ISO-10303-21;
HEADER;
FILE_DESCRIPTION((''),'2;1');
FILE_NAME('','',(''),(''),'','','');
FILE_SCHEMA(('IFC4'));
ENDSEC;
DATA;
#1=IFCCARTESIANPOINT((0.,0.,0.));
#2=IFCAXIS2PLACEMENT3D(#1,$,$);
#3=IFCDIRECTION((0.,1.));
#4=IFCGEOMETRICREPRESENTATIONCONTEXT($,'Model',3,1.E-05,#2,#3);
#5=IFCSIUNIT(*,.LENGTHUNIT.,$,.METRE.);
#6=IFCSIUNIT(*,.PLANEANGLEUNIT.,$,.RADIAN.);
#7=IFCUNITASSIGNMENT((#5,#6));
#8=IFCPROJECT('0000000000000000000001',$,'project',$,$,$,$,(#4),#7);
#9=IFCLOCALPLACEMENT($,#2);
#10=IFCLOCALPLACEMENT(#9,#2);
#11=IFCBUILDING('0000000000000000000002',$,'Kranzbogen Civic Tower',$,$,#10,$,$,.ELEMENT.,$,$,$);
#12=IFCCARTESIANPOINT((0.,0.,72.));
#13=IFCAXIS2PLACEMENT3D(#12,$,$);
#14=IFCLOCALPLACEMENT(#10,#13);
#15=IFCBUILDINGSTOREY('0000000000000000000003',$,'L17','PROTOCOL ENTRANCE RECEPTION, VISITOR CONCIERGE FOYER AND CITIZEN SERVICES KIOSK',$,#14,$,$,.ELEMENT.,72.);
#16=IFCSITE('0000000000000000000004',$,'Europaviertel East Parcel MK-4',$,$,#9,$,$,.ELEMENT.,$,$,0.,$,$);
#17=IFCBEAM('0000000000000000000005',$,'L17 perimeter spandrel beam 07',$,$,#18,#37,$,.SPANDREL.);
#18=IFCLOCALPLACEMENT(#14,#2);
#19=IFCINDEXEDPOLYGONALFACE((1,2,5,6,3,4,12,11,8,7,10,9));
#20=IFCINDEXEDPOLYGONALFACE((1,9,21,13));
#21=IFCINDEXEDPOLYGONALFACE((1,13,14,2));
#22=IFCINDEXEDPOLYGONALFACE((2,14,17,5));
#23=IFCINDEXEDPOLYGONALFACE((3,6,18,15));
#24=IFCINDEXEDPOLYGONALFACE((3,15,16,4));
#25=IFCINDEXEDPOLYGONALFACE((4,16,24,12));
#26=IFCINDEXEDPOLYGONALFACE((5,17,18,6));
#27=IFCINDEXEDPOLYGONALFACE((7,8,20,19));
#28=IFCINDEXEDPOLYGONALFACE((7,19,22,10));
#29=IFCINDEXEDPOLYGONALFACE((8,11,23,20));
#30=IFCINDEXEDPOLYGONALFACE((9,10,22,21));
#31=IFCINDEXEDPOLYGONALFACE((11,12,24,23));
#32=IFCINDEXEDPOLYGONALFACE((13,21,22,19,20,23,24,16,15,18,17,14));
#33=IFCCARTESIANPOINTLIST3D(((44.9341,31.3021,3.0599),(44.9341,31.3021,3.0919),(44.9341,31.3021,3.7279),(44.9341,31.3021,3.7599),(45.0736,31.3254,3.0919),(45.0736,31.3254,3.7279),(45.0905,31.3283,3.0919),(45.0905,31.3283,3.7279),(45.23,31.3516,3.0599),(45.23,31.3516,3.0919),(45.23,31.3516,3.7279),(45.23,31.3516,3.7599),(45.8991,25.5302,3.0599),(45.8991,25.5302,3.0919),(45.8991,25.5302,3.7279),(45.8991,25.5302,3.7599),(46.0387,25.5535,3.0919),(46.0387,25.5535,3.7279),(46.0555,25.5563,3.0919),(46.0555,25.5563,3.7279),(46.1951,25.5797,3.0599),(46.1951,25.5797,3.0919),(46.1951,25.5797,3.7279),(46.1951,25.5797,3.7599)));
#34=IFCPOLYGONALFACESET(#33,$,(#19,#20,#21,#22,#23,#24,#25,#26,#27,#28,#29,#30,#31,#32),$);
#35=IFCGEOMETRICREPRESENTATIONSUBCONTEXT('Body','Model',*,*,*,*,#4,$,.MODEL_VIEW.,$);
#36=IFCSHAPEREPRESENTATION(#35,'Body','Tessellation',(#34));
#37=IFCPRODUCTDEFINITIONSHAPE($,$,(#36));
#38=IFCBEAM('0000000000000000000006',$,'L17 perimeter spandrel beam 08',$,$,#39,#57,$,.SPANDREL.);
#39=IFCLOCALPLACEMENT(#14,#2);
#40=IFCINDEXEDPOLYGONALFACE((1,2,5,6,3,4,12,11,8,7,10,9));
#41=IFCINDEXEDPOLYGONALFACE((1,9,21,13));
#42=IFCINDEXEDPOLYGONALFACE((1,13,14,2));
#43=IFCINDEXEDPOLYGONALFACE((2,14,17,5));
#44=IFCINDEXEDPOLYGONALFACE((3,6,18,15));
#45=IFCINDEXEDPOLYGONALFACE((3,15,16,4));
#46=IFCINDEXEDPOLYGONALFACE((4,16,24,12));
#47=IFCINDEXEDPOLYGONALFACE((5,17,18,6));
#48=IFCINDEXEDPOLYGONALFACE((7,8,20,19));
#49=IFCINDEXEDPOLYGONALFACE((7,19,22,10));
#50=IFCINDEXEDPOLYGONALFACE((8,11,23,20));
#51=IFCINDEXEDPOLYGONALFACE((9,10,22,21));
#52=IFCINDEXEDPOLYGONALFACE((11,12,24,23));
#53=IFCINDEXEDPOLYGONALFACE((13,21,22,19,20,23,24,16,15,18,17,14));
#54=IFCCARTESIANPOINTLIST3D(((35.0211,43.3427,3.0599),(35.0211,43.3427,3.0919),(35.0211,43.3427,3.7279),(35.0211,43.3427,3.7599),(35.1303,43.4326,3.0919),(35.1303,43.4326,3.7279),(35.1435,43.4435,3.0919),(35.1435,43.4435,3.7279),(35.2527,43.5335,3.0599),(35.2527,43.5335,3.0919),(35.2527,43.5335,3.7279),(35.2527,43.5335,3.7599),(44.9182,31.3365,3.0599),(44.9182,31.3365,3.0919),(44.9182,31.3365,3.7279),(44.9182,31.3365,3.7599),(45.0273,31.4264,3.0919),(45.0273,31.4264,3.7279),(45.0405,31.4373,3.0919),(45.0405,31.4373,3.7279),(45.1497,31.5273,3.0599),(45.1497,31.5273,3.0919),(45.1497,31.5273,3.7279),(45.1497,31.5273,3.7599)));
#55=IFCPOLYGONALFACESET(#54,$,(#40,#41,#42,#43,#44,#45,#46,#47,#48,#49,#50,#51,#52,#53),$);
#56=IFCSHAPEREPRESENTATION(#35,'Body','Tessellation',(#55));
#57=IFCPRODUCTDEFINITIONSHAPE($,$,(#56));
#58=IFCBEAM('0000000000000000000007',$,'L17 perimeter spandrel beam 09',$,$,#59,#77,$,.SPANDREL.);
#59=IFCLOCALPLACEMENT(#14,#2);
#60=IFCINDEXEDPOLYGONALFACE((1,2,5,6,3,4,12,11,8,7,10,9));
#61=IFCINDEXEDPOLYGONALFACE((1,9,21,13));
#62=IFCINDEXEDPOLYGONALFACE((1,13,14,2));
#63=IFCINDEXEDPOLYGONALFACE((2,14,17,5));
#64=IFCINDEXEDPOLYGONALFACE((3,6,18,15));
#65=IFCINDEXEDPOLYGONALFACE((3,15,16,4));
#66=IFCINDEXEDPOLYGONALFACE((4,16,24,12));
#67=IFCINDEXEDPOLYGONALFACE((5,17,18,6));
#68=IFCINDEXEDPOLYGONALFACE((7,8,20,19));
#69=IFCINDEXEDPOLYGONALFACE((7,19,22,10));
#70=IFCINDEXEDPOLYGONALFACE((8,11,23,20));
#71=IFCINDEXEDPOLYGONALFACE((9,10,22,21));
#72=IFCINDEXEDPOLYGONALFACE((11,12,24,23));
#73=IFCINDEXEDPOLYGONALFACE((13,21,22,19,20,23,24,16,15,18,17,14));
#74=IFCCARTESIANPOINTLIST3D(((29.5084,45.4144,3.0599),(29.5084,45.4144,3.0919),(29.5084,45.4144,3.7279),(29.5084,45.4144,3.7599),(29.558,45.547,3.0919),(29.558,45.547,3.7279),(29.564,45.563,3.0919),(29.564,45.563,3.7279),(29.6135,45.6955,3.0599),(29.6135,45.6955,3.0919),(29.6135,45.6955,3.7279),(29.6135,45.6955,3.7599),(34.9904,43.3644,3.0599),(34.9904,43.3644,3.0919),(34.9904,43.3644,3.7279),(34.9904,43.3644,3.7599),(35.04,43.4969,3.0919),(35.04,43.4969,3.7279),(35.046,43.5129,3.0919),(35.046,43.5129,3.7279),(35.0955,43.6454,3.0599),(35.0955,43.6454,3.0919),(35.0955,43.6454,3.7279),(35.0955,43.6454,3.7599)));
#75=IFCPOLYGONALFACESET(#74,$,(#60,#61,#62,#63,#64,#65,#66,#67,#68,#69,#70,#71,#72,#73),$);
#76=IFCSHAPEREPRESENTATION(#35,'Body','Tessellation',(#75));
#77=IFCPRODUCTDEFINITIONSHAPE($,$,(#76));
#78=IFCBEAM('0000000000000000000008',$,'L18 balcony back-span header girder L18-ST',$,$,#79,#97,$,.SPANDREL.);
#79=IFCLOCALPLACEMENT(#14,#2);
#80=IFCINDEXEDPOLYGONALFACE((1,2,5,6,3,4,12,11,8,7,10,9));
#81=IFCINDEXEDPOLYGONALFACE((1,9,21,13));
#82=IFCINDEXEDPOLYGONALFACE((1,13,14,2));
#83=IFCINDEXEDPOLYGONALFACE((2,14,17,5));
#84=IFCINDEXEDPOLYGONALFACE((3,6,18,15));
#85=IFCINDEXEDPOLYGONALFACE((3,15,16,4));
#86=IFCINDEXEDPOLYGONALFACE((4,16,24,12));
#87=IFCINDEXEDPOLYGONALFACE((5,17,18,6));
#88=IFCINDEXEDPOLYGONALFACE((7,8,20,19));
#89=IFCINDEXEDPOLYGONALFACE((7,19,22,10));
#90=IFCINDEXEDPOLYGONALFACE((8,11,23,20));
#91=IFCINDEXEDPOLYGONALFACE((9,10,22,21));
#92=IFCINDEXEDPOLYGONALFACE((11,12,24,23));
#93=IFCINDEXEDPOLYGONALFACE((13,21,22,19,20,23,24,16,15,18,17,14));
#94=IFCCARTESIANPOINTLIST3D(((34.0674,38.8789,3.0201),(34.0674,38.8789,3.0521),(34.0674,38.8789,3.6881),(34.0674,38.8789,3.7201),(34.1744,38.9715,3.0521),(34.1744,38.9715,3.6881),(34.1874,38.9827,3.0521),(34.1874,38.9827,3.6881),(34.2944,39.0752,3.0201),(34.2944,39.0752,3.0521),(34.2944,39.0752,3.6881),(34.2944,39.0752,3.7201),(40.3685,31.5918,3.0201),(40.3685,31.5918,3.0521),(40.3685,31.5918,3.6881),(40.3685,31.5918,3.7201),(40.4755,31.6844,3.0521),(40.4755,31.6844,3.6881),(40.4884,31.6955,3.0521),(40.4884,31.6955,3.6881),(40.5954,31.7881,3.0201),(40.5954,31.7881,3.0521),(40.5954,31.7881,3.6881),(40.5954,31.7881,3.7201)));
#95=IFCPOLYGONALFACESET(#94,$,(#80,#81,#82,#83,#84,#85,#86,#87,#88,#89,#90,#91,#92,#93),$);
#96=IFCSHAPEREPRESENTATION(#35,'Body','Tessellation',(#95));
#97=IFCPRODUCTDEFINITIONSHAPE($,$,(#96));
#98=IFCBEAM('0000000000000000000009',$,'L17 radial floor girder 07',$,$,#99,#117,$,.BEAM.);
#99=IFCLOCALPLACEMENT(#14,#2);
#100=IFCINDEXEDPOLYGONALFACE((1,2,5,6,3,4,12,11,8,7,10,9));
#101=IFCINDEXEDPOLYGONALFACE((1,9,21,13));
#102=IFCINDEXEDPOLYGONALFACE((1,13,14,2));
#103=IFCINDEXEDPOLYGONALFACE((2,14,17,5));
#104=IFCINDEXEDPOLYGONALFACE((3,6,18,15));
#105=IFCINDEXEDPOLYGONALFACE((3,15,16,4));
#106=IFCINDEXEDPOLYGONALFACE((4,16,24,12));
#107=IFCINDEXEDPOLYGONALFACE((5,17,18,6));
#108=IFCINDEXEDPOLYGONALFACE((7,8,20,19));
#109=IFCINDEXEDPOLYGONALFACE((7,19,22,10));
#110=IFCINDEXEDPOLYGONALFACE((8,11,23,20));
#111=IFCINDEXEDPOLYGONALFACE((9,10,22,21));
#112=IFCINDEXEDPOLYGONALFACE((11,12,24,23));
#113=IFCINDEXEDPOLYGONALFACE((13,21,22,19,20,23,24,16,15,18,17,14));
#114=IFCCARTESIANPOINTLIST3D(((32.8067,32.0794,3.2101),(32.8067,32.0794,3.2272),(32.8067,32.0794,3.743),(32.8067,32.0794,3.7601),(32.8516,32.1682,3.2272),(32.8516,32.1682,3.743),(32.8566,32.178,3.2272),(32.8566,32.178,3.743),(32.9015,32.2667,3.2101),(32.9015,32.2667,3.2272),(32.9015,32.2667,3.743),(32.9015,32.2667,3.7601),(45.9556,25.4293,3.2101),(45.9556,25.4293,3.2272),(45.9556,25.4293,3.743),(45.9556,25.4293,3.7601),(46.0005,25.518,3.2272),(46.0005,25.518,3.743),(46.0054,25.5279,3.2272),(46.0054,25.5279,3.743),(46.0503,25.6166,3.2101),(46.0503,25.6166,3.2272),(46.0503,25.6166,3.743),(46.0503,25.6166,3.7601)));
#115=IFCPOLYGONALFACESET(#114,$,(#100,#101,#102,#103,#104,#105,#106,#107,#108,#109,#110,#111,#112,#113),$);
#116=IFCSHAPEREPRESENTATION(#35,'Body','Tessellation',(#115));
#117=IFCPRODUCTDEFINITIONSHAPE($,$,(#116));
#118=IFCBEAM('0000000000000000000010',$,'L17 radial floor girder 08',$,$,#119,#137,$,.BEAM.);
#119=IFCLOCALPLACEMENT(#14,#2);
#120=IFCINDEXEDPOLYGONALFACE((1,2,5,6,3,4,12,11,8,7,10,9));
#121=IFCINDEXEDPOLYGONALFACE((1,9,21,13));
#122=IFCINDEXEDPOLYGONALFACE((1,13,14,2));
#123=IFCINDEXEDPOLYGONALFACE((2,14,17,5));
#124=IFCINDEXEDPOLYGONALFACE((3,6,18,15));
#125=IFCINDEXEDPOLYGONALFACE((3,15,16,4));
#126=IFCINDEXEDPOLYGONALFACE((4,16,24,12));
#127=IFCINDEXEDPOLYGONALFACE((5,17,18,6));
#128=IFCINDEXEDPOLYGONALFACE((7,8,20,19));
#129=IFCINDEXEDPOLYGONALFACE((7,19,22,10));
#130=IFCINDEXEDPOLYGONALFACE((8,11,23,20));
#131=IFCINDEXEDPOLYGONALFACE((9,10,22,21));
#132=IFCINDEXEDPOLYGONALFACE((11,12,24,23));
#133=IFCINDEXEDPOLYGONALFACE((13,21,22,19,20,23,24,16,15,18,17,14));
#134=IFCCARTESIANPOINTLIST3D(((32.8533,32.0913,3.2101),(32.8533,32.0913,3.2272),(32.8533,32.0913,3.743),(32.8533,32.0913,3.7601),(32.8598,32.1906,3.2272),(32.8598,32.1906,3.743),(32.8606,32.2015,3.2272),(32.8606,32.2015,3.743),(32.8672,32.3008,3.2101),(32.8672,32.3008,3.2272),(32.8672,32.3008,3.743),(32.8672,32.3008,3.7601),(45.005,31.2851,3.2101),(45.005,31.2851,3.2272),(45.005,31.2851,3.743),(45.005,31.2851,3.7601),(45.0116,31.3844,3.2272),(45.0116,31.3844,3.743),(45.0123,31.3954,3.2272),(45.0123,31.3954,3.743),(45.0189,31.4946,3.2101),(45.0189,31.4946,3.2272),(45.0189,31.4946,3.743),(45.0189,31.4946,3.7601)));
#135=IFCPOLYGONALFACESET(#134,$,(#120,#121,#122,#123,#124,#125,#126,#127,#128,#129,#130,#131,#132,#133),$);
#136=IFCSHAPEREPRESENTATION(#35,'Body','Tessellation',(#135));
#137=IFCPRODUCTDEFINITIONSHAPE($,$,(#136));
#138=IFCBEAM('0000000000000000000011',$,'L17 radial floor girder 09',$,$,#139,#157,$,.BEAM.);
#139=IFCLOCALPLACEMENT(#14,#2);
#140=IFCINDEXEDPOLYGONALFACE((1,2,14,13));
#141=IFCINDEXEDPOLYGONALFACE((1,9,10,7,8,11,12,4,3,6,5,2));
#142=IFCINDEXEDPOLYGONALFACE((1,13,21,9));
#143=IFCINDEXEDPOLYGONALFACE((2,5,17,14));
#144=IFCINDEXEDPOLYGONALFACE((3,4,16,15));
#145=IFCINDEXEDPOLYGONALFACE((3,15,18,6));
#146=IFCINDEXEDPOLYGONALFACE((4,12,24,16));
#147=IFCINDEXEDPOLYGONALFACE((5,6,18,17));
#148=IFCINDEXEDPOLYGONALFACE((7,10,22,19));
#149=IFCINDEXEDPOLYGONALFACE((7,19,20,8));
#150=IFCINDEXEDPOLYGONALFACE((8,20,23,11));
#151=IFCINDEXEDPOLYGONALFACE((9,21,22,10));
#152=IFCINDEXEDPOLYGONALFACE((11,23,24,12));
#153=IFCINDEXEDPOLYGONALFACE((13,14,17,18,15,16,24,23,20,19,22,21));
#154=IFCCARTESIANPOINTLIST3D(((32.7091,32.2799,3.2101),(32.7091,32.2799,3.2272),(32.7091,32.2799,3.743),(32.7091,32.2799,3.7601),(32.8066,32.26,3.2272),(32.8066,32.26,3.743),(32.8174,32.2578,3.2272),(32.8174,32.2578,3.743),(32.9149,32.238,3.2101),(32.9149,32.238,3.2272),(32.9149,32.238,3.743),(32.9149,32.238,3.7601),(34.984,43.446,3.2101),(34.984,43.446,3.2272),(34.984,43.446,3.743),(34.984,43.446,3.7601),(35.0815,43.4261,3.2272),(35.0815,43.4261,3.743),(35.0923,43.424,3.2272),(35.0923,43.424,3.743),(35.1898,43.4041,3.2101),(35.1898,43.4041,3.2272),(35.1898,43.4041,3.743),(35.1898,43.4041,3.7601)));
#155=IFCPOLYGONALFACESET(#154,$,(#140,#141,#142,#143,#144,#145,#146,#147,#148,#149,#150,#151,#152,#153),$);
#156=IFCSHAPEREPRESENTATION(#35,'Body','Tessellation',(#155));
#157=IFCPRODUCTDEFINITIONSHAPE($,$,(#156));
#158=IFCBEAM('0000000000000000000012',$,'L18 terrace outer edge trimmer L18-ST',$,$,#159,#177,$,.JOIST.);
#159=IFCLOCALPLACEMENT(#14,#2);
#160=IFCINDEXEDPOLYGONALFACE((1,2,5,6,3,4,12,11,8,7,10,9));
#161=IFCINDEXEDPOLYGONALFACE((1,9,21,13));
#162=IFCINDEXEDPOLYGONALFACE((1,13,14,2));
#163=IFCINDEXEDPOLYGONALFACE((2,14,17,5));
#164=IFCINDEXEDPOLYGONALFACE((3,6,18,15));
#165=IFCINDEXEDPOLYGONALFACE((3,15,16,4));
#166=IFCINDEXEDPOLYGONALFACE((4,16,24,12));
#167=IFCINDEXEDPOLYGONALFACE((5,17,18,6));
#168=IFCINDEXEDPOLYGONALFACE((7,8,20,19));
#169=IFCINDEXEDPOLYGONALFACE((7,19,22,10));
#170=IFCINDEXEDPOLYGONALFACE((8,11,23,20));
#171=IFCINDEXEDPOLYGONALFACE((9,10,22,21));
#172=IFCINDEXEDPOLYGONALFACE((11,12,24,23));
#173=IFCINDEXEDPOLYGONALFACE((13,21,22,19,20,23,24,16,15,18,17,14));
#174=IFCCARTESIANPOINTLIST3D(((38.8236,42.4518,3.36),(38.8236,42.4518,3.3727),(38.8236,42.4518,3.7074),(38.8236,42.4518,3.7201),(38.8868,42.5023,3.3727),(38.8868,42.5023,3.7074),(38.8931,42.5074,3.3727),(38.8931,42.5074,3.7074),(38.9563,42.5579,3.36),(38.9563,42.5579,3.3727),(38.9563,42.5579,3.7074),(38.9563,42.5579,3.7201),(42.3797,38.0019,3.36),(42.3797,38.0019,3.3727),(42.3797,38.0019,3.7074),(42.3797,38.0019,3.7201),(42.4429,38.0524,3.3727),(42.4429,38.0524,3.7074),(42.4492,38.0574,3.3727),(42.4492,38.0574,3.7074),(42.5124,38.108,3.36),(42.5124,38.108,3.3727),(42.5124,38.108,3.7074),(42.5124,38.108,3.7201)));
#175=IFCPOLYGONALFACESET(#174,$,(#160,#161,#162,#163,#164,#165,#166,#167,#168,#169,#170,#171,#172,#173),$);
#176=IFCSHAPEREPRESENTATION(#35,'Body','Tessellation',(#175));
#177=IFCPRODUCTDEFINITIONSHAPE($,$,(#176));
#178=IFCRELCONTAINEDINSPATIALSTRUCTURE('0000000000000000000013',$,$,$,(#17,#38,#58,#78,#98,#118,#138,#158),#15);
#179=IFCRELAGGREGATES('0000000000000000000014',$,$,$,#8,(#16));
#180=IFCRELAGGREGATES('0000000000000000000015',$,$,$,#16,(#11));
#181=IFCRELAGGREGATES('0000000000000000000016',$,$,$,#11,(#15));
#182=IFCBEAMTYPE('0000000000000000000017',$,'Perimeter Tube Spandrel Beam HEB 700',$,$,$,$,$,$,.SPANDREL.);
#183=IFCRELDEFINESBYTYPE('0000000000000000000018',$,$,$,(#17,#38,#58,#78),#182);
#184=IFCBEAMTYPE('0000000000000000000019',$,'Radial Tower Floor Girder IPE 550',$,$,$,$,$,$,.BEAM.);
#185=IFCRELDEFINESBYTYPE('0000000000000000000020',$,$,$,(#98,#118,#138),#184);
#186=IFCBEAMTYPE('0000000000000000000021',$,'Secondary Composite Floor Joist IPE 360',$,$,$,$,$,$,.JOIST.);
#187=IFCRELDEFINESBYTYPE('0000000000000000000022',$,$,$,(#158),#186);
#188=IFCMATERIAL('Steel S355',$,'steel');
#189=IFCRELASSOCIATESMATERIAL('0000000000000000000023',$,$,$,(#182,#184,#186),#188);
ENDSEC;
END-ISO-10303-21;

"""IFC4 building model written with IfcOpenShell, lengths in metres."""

from ifc_helpers import new_model, si_unit, direction, frame, origin, origin_2d, place, context, subcontext, project, spatial, i_section, extrude, material, material_profile, profile_set, type_object, element, save


model = new_model("IFC4")

# Units and contexts
model_context = context("Model", 3, precision=1e-05, world=origin(), true_north=direction((0.0, 1.0)))
body_context = subcontext(model_context, "Body", "Model", "MODEL_VIEW")
ifc_project = project(units=[si_unit("LENGTHUNIT", "METRE"), si_unit("PLANEANGLEUNIT", "RADIAN")], contexts=[model_context])

# Site, building, storey
site_placement = place(None, origin())
site = spatial("IfcSite", under=ifc_project, at=site_placement, Name="Europaviertel East Parcel MK-4", CompositionType="ELEMENT", RefElevation=0.0)
building_placement = place(site_placement, origin())
building = spatial("IfcBuilding", under=site, at=building_placement, Name="Kranzbogen Civic Tower", CompositionType="ELEMENT")
storey_placement = place(building_placement, frame((0.0, 0.0, 72.0)))
storey = spatial("IfcBuildingStorey", under=building, at=storey_placement, Name="L17", Description="PROTOCOL ENTRANCE RECEPTION, VISITOR CONCIERGE FOYER AND CITIZEN SERVICES KIOSK", CompositionType="ELEMENT", Elevation=72.0)

# Shared definitions
ifc_material_1 = material(Name="Steel S355", Category="steel")

# Beams
ifc_material_profile_1 = material_profile(ifc_material_1, i_section(OverallWidth=0.3, OverallDepth=0.7, WebThickness=0.0171, FlangeThickness=0.032, at=origin_2d()), Name="HEB 700")
ifc_profile_set_1 = profile_set([ifc_material_profile_1], Name="Steel S355")
beam_type_1 = type_object("IfcBeamType", Name="Perimeter Tube Spandrel Beam HEB 700", PredefinedType="SPANDREL", material=ifc_profile_set_1)
beam_1_placement = place(storey_placement, frame((46.0471, 25.5549, 3.4099), z_axis=(-0.164913, 0.986308, 0.0), x_axis=(-0.986308, -0.164913, 0.0)))
element("IfcBeam", 1, at=beam_1_placement, inside=storey, type_object=beam_type_1, Name="L17 perimeter spandrel beam 07", PredefinedType="SPANDREL", context=body_context, shape_type="SweptSolid", body=[
    extrude(i_section(OverallWidth=0.3, OverallDepth=0.7, WebThickness=0.0171, FlangeThickness=0.032, at=origin_2d()), origin(), (0.0, 0.0, 1.0), 5.8521),
])
beam_2_placement = place(storey_placement, frame((45.0339, 31.4319, 3.4099), z_axis=(-0.636075, 0.771628, 0.0), x_axis=(-0.771628, -0.636075, 0.0)))
element("IfcBeam", 2, at=beam_2_placement, inside=storey, type_object=beam_type_1, Name="L17 perimeter spandrel beam 08", PredefinedType="SPANDREL", context=body_context, shape_type="SweptSolid", body=[
    extrude(i_section(OverallWidth=0.3, OverallDepth=0.7, WebThickness=0.0171, FlangeThickness=0.032, at=origin_2d()), origin(), (0.0, 0.0, 1.0), 15.5596),
])
beam_3_placement = place(storey_placement, frame((35.043, 43.5049, 3.4099), z_axis=(-0.936648, 0.350273, 0.0), x_axis=(-0.350273, -0.936648, 0.0)))
element("IfcBeam", 3, at=beam_3_placement, inside=storey, type_object=beam_type_1, Name="L17 perimeter spandrel beam 09", PredefinedType="SPANDREL", context=body_context, shape_type="SweptSolid", body=[
    extrude(i_section(OverallWidth=0.3, OverallDepth=0.7, WebThickness=0.0171, FlangeThickness=0.032, at=origin_2d()), origin(), (0.0, 0.0, 1.0), 5.8528),
])
beam_4_placement = place(storey_placement, frame((40.4819, 31.6899, 3.3701), z_axis=(-0.654072, 0.756432, 0.0), x_axis=(-0.756432, -0.654072, 0.0)))
element("IfcBeam", 4, at=beam_4_placement, inside=storey, type_object=beam_type_1, Name="L18 balcony back-span header girder L18-ST", PredefinedType="SPANDREL", context=body_context, shape_type="SweptSolid", body=[
    extrude(i_section(OverallWidth=0.3, OverallDepth=0.7, WebThickness=0.0171, FlangeThickness=0.032, at=origin_2d()), origin(), (0.0, 0.0, 1.0), 9.6335),
])
ifc_material_profile_2 = material_profile(ifc_material_1, i_section(OverallWidth=0.21, OverallDepth=0.55, WebThickness=0.011, FlangeThickness=0.0171, at=origin_2d()), Name="IPE 550")
ifc_profile_set_2 = profile_set([ifc_material_profile_2], Name="Steel S355")
beam_type_2 = type_object("IfcBeamType", Name="Radial Tower Floor Girder IPE 550", PredefinedType="BEAM", material=ifc_profile_set_2)
beam_5_placement = place(storey_placement, frame((46.0029, 25.5229, 3.4851), z_axis=(-0.892363, 0.451318, 0.0), x_axis=(-0.451318, -0.892363, 0.0)))
element("IfcBeam", 5, at=beam_5_placement, inside=storey, type_object=beam_type_2, Name="L17 radial floor girder 07", PredefinedType="BEAM", context=body_context, shape_type="SweptSolid", body=[
    extrude(i_section(OverallWidth=0.21, OverallDepth=0.55, WebThickness=0.011, FlangeThickness=0.0171, at=origin_2d()), origin(), (0.0, 0.0, 1.0), 14.7349),
])
beam_6_placement = place(storey_placement, frame((45.012, 31.3899, 3.4851), z_axis=(-0.997807, 0.066194, 0.0), x_axis=(-0.066194, -0.997807, 0.0)))
element("IfcBeam", 6, at=beam_6_placement, inside=storey, type_object=beam_type_2, Name="L17 radial floor girder 08", PredefinedType="BEAM", context=body_context, shape_type="SweptSolid", body=[
    extrude(i_section(OverallWidth=0.21, OverallDepth=0.55, WebThickness=0.011, FlangeThickness=0.0171, at=origin_2d()), origin(), (0.0, 0.0, 1.0), 12.1785),
])
beam_7_placement = place(storey_placement, frame((35.0869, 43.425, 3.4851), z_axis=(-0.199633, -0.979871, 0.0), x_axis=(0.979871, -0.199633, 0.0)))
element("IfcBeam", 7, at=beam_7_placement, inside=storey, type_object=beam_type_2, Name="L17 radial floor girder 09", PredefinedType="BEAM", context=body_context, shape_type="SweptSolid", body=[
    extrude(i_section(OverallWidth=0.21, OverallDepth=0.55, WebThickness=0.011, FlangeThickness=0.0171, at=origin_2d()), origin(), (0.0, 0.0, 1.0), 11.3955),
])
ifc_material_profile_3 = material_profile(ifc_material_1, i_section(OverallWidth=0.1699, OverallDepth=0.3601, WebThickness=0.0081, FlangeThickness=0.0127, at=origin_2d()), Name="IPE 360")
ifc_profile_set_3 = profile_set([ifc_material_profile_3], Name="Steel S355")
beam_type_3 = type_object("IfcBeamType", Name="Secondary Composite Floor Joist IPE 360", PredefinedType="JOIST", material=ifc_profile_set_3)
beam_8_placement = place(storey_placement, frame((42.446, 38.0549, 3.54), z_axis=(-0.624287, 0.781195, 0.0), x_axis=(-0.781195, -0.624287, 0.0)))
element("IfcBeam", 8, at=beam_8_placement, inside=storey, type_object=beam_type_3, Name="L18 terrace outer edge trimmer L18-ST", PredefinedType="JOIST", context=body_context, shape_type="SweptSolid", body=[
    extrude(i_section(OverallWidth=0.1699, OverallDepth=0.3601, WebThickness=0.0081, FlangeThickness=0.0127, at=origin_2d()), origin(), (0.0, 0.0, 1.0), 5.6963),
])

save(model, "model.ifc")
